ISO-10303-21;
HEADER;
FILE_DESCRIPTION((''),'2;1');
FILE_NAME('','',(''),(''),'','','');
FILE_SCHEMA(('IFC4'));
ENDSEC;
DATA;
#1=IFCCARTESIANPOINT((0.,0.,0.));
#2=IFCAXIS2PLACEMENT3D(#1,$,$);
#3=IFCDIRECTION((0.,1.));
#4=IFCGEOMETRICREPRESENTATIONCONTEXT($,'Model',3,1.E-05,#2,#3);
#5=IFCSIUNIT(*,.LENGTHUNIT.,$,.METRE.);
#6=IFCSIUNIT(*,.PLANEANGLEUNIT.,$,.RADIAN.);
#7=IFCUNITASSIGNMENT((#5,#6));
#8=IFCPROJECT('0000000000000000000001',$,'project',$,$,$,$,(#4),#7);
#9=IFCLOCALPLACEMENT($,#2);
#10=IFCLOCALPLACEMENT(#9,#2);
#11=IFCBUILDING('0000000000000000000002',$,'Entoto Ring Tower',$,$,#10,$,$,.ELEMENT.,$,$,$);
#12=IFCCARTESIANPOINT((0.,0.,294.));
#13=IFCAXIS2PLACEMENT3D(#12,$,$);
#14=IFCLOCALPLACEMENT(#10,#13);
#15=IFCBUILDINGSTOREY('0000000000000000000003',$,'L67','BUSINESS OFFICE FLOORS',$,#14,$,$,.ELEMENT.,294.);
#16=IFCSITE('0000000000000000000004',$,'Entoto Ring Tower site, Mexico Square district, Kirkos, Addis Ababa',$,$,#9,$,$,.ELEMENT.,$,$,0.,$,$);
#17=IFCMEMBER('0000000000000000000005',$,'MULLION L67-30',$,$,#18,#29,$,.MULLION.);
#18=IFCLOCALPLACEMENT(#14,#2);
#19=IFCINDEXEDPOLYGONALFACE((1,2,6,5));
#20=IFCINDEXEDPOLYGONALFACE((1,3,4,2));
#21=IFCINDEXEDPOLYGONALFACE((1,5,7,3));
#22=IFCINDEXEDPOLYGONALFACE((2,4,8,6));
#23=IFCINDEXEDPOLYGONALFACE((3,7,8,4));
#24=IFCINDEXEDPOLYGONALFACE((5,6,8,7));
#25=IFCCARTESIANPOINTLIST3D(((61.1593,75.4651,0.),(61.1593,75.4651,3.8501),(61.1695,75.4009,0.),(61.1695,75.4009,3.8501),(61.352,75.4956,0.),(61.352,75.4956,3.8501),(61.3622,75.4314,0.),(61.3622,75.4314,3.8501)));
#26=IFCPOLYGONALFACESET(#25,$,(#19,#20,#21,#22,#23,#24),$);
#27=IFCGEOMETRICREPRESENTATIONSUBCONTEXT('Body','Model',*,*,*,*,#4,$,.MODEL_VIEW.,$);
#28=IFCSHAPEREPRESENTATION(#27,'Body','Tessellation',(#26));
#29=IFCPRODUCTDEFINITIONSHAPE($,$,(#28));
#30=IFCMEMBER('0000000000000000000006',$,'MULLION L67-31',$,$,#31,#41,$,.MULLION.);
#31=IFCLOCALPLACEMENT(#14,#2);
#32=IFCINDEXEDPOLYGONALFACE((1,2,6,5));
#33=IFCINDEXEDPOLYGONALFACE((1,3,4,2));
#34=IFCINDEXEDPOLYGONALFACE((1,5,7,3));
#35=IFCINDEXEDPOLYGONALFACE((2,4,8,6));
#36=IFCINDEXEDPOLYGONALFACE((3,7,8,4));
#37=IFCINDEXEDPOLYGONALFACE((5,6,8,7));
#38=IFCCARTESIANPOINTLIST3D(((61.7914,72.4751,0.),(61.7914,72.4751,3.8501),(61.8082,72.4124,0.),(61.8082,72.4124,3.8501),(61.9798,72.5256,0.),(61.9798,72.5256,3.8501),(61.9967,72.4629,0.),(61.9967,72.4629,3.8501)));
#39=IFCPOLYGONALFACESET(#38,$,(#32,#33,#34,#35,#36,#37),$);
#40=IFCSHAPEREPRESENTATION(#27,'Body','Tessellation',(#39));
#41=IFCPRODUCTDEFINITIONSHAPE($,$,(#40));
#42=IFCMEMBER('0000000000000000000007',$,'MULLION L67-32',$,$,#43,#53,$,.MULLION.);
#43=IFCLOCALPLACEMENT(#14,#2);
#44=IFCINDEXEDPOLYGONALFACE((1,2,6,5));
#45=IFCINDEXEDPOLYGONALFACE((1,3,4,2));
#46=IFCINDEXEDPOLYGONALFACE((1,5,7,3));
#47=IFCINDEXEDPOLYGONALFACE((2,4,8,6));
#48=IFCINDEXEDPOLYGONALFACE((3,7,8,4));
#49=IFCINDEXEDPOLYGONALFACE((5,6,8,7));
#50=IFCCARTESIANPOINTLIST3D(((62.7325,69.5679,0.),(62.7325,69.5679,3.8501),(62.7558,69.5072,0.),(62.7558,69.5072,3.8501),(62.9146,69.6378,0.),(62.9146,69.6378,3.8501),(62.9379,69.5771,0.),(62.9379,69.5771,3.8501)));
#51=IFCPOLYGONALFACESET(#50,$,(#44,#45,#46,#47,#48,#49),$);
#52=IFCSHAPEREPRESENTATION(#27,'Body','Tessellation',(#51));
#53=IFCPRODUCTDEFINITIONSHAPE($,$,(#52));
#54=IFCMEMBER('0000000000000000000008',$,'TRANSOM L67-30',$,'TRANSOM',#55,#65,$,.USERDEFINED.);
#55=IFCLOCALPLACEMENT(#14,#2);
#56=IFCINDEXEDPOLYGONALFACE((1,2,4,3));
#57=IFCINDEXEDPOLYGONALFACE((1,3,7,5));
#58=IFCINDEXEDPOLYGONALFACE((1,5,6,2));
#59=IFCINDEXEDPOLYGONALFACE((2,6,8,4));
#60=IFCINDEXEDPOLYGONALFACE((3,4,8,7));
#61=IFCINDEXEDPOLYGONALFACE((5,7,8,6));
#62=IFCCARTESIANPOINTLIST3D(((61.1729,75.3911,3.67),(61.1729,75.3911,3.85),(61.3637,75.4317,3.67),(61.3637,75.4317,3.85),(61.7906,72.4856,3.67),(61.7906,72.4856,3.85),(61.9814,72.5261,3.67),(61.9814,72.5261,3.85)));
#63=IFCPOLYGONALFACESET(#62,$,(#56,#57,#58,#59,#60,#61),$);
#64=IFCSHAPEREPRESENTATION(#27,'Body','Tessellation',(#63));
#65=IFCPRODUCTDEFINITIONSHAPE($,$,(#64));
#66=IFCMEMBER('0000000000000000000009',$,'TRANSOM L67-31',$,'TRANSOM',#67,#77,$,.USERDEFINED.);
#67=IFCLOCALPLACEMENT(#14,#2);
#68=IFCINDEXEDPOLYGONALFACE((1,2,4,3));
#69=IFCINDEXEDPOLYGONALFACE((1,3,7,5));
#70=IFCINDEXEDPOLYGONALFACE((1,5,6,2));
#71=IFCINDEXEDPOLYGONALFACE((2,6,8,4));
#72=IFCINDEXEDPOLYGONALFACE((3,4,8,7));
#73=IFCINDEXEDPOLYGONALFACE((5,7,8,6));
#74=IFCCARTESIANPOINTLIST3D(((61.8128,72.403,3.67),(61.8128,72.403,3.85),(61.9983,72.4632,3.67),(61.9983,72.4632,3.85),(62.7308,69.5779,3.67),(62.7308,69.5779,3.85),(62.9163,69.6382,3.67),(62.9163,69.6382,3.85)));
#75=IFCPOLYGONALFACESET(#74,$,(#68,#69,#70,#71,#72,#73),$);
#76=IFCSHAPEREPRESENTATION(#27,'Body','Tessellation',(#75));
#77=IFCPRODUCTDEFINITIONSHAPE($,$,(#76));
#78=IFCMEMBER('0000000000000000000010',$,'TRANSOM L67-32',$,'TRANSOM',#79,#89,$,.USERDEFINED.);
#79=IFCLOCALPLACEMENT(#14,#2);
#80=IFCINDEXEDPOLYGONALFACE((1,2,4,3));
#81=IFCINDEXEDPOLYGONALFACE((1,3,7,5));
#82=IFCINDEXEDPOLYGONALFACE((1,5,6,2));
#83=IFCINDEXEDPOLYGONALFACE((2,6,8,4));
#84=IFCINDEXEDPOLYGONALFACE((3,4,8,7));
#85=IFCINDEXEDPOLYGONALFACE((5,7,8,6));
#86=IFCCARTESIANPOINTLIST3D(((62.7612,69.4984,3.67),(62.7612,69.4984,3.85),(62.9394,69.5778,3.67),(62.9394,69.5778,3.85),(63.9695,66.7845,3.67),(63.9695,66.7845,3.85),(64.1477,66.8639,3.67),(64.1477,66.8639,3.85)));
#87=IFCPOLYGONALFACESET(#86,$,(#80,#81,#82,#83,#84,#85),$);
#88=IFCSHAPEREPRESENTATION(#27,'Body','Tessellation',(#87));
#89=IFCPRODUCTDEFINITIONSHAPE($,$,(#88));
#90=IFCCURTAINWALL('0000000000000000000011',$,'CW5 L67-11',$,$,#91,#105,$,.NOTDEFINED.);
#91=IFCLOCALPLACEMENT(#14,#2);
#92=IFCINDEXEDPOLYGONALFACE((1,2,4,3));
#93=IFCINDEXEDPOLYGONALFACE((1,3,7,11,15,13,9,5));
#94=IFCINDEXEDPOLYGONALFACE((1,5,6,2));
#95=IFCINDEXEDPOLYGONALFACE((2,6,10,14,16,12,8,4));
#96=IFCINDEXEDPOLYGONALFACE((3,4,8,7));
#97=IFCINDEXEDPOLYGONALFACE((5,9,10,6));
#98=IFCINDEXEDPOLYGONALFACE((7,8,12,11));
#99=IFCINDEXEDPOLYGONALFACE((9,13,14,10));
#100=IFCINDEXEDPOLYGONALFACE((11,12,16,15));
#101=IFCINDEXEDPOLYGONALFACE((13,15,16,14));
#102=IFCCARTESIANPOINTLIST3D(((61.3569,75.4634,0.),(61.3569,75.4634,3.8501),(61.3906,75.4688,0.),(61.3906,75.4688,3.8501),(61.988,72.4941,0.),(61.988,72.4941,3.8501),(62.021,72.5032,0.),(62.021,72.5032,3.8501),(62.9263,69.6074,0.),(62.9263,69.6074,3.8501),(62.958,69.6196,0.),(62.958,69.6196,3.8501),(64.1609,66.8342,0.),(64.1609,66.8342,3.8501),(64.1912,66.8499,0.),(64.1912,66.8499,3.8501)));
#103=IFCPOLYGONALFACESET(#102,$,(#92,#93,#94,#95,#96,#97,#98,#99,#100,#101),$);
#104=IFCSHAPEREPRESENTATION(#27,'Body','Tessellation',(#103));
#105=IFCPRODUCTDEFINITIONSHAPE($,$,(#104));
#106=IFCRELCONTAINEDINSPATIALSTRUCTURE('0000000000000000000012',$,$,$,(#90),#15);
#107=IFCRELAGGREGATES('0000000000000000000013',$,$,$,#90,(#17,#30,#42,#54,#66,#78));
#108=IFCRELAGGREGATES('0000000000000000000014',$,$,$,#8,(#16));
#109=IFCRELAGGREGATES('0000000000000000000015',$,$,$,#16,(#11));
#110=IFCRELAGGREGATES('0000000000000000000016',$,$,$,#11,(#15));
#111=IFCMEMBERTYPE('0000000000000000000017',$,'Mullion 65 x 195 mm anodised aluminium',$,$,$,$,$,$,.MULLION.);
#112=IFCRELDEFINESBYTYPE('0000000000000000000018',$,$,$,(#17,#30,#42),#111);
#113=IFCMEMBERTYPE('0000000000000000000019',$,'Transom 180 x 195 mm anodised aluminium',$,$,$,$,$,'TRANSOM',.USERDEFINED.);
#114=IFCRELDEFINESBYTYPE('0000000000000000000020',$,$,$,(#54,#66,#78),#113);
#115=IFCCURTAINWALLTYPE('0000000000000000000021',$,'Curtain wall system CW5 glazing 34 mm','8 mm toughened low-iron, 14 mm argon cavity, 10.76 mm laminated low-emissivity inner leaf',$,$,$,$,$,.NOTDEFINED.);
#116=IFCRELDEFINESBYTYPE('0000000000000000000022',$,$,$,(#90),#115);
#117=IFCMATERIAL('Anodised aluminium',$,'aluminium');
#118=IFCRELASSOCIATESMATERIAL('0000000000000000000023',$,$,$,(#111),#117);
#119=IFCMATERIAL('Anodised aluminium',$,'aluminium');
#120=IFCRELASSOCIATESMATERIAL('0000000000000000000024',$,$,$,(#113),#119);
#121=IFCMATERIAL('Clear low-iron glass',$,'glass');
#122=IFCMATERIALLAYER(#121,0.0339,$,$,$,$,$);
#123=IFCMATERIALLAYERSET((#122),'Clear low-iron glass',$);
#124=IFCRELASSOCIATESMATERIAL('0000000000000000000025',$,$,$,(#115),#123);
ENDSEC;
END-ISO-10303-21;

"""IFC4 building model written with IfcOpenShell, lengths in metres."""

from ifc_helpers import new_model, si_unit, direction, frame, origin, origin_2d, place, context, subcontext, project, spatial, polyline, rectangle, outline, extrude, material, layer, layer_set, material_profile, profile_set, type_object, element, aggregate, save


model = new_model("IFC4")

# Units and contexts
model_context = context("Model", 3, precision=1e-05, world=origin(), true_north=direction((0.0, 1.0)))
body_context = subcontext(model_context, "Body", "Model", "MODEL_VIEW")
ifc_project = project(units=[si_unit("LENGTHUNIT", "METRE"), si_unit("PLANEANGLEUNIT", "RADIAN")], contexts=[model_context])

# Members
ifc_material_1 = material(Name="Anodised aluminium", Category="aluminium")
ifc_material_profile_1 = material_profile(ifc_material_1, rectangle(XDim=0.0649, YDim=0.1951, at=origin_2d()), Name="Mullion 65 x 195 mm anodised aluminium")
ifc_profile_set_1 = profile_set([ifc_material_profile_1], Name="Anodised aluminium")
member_type_1 = type_object("IfcMemberType", Name="Mullion 65 x 195 mm anodised aluminium", PredefinedType="MULLION", material=ifc_profile_set_1)
site_placement = place(None, origin())
building_placement = place(site_placement, origin())
storey_placement = place(building_placement, frame((0.0, 0.0, 294.0)))
member_1_placement = place(storey_placement, frame((61.2607, 75.4482, 0.0), z_axis=(0.0, 0.0, 1.0), x_axis=(0.156434, -0.987688, 0.0)))
member_1 = element("IfcMember", 1, at=member_1_placement, type_object=member_type_1, Name="MULLION L67-30", PredefinedType="MULLION", context=body_context, shape_type="SweptSolid", body=[
    extrude(rectangle(XDim=0.0649, YDim=0.1951, at=origin_2d()), origin(), (0.0, 0.0, 1.0), 3.8501),
])
member_2_placement = place(storey_placement, frame((61.894, 72.469, 0.0), z_axis=(0.0, 0.0, 1.0), x_axis=(0.258819, -0.965926, 0.0)))
member_2 = element("IfcMember", 2, at=member_2_placement, type_object=member_type_1, Name="MULLION L67-31", PredefinedType="MULLION", context=body_context, shape_type="SweptSolid", body=[
    extrude(rectangle(XDim=0.0649, YDim=0.1951, at=origin_2d()), origin(), (0.0, 0.0, 1.0), 3.8501),
])
member_3_placement = place(storey_placement, frame((62.8352, 69.5725, 0.0), z_axis=(0.0, 0.0, 1.0), x_axis=(0.358368, -0.93358, 0.0)))
member_3 = element("IfcMember", 3, at=member_3_placement, type_object=member_type_1, Name="MULLION L67-32", PredefinedType="MULLION", context=body_context, shape_type="SweptSolid", body=[
    extrude(rectangle(XDim=0.0649, YDim=0.1951, at=origin_2d()), origin(), (0.0, 0.0, 1.0), 3.8501),
])
ifc_material_2 = material(Name="Anodised aluminium", Category="aluminium")
ifc_material_profile_2 = material_profile(ifc_material_2, rectangle(XDim=0.1951, YDim=0.1799, at=origin_2d()), Name="Transom 180 x 195 mm anodised aluminium")
ifc_profile_set_2 = profile_set([ifc_material_profile_2], Name="Anodised aluminium")
member_type_2 = type_object("IfcMemberType", Name="Transom 180 x 195 mm anodised aluminium", ElementType="TRANSOM", PredefinedType="USERDEFINED", material=ifc_profile_set_2)
member_4_placement = place(storey_placement, frame((61.2683, 75.4114, 3.76), z_axis=(0.20794, -0.978142, 0.0), x_axis=(0.978142, 0.20794, 0.0)))
member_4 = element("IfcMember", 4, at=member_4_placement, type_object=member_type_2, Name="TRANSOM L67-30", ObjectType="TRANSOM", PredefinedType="USERDEFINED", context=body_context, shape_type="SweptSolid", body=[
    extrude(rectangle(XDim=0.1951, YDim=0.1799, at=origin_2d()), origin(), (0.0, 0.0, 1.0), 2.9705),
])
member_5_placement = place(storey_placement, frame((61.9055, 72.4331, 3.76), z_axis=(0.309043, -0.951048, 0.0), x_axis=(0.951048, 0.309043, 0.0)))
member_5 = element("IfcMember", 5, at=member_5_placement, type_object=member_type_2, Name="TRANSOM L67-31", ObjectType="TRANSOM", PredefinedType="USERDEFINED", context=body_context, shape_type="SweptSolid", body=[
    extrude(rectangle(XDim=0.1951, YDim=0.1799, at=origin_2d()), origin(), (0.0, 0.0, 1.0), 2.9705),
])
member_6_placement = place(storey_placement, frame((62.8503, 69.5381, 3.76), z_axis=(0.406726, -0.91355, 0.0), x_axis=(0.91355, 0.406726, 0.0)))
member_6 = element("IfcMember", 6, at=member_6_placement, type_object=member_type_2, Name="TRANSOM L67-32", ObjectType="TRANSOM", PredefinedType="USERDEFINED", context=body_context, shape_type="SweptSolid", body=[
    extrude(rectangle(XDim=0.1951, YDim=0.1799, at=origin_2d()), origin(), (0.0, 0.0, 1.0), 2.9707),
])

# Site, building, storey
site = spatial("IfcSite", under=ifc_project, at=site_placement, Name="Entoto Ring Tower site, Mexico Square district, Kirkos, Addis Ababa", CompositionType="ELEMENT", RefElevation=0.0)
building = spatial("IfcBuilding", under=site, at=building_placement, Name="Entoto Ring Tower", CompositionType="ELEMENT")
storey = spatial("IfcBuildingStorey", under=building, at=storey_placement, Name="L67", Description="BUSINESS OFFICE FLOORS", CompositionType="ELEMENT", Elevation=294.0)

# Curtain wall
ifc_material_3 = material(Name="Clear low-iron glass", Category="glass")
ifc_layer = layer(ifc_material_3, 0.0339)
ifc_layer_set = layer_set([ifc_layer], Name="Clear low-iron glass")
curtain_wall_type = type_object("IfcCurtainWallType", Name="Curtain wall system CW5 glazing 34 mm", Description="8 mm toughened low-iron, 14 mm argon cavity, 10.76 mm laminated low-emissivity inner leaf", PredefinedType="NOTDEFINED", material=ifc_layer_set)
curtain_wall_1_placement = place(storey_placement, origin())
curtain_wall_1 = element("IfcCurtainWall", 7, at=curtain_wall_1_placement, inside=storey, type_object=curtain_wall_type, Name="CW5 L67-11", PredefinedType="NOTDEFINED", context=body_context, shape_type="SweptSolid", body=[
    extrude(outline(polyline([(61.3569, 75.4634), (61.988, 72.4941), (62.9263, 69.6074), (64.1609, 66.8342), (64.1912, 66.8499), (62.958, 69.6196), (62.021, 72.5032), (61.3906, 75.4688), (61.3569, 75.4634)])), origin(), (0.0, 0.0, 1.0), 3.8501),
])
aggregate(curtain_wall_1, [member_1, member_2, member_3, member_4, member_5, member_6])

save(model, "model.ifc")
